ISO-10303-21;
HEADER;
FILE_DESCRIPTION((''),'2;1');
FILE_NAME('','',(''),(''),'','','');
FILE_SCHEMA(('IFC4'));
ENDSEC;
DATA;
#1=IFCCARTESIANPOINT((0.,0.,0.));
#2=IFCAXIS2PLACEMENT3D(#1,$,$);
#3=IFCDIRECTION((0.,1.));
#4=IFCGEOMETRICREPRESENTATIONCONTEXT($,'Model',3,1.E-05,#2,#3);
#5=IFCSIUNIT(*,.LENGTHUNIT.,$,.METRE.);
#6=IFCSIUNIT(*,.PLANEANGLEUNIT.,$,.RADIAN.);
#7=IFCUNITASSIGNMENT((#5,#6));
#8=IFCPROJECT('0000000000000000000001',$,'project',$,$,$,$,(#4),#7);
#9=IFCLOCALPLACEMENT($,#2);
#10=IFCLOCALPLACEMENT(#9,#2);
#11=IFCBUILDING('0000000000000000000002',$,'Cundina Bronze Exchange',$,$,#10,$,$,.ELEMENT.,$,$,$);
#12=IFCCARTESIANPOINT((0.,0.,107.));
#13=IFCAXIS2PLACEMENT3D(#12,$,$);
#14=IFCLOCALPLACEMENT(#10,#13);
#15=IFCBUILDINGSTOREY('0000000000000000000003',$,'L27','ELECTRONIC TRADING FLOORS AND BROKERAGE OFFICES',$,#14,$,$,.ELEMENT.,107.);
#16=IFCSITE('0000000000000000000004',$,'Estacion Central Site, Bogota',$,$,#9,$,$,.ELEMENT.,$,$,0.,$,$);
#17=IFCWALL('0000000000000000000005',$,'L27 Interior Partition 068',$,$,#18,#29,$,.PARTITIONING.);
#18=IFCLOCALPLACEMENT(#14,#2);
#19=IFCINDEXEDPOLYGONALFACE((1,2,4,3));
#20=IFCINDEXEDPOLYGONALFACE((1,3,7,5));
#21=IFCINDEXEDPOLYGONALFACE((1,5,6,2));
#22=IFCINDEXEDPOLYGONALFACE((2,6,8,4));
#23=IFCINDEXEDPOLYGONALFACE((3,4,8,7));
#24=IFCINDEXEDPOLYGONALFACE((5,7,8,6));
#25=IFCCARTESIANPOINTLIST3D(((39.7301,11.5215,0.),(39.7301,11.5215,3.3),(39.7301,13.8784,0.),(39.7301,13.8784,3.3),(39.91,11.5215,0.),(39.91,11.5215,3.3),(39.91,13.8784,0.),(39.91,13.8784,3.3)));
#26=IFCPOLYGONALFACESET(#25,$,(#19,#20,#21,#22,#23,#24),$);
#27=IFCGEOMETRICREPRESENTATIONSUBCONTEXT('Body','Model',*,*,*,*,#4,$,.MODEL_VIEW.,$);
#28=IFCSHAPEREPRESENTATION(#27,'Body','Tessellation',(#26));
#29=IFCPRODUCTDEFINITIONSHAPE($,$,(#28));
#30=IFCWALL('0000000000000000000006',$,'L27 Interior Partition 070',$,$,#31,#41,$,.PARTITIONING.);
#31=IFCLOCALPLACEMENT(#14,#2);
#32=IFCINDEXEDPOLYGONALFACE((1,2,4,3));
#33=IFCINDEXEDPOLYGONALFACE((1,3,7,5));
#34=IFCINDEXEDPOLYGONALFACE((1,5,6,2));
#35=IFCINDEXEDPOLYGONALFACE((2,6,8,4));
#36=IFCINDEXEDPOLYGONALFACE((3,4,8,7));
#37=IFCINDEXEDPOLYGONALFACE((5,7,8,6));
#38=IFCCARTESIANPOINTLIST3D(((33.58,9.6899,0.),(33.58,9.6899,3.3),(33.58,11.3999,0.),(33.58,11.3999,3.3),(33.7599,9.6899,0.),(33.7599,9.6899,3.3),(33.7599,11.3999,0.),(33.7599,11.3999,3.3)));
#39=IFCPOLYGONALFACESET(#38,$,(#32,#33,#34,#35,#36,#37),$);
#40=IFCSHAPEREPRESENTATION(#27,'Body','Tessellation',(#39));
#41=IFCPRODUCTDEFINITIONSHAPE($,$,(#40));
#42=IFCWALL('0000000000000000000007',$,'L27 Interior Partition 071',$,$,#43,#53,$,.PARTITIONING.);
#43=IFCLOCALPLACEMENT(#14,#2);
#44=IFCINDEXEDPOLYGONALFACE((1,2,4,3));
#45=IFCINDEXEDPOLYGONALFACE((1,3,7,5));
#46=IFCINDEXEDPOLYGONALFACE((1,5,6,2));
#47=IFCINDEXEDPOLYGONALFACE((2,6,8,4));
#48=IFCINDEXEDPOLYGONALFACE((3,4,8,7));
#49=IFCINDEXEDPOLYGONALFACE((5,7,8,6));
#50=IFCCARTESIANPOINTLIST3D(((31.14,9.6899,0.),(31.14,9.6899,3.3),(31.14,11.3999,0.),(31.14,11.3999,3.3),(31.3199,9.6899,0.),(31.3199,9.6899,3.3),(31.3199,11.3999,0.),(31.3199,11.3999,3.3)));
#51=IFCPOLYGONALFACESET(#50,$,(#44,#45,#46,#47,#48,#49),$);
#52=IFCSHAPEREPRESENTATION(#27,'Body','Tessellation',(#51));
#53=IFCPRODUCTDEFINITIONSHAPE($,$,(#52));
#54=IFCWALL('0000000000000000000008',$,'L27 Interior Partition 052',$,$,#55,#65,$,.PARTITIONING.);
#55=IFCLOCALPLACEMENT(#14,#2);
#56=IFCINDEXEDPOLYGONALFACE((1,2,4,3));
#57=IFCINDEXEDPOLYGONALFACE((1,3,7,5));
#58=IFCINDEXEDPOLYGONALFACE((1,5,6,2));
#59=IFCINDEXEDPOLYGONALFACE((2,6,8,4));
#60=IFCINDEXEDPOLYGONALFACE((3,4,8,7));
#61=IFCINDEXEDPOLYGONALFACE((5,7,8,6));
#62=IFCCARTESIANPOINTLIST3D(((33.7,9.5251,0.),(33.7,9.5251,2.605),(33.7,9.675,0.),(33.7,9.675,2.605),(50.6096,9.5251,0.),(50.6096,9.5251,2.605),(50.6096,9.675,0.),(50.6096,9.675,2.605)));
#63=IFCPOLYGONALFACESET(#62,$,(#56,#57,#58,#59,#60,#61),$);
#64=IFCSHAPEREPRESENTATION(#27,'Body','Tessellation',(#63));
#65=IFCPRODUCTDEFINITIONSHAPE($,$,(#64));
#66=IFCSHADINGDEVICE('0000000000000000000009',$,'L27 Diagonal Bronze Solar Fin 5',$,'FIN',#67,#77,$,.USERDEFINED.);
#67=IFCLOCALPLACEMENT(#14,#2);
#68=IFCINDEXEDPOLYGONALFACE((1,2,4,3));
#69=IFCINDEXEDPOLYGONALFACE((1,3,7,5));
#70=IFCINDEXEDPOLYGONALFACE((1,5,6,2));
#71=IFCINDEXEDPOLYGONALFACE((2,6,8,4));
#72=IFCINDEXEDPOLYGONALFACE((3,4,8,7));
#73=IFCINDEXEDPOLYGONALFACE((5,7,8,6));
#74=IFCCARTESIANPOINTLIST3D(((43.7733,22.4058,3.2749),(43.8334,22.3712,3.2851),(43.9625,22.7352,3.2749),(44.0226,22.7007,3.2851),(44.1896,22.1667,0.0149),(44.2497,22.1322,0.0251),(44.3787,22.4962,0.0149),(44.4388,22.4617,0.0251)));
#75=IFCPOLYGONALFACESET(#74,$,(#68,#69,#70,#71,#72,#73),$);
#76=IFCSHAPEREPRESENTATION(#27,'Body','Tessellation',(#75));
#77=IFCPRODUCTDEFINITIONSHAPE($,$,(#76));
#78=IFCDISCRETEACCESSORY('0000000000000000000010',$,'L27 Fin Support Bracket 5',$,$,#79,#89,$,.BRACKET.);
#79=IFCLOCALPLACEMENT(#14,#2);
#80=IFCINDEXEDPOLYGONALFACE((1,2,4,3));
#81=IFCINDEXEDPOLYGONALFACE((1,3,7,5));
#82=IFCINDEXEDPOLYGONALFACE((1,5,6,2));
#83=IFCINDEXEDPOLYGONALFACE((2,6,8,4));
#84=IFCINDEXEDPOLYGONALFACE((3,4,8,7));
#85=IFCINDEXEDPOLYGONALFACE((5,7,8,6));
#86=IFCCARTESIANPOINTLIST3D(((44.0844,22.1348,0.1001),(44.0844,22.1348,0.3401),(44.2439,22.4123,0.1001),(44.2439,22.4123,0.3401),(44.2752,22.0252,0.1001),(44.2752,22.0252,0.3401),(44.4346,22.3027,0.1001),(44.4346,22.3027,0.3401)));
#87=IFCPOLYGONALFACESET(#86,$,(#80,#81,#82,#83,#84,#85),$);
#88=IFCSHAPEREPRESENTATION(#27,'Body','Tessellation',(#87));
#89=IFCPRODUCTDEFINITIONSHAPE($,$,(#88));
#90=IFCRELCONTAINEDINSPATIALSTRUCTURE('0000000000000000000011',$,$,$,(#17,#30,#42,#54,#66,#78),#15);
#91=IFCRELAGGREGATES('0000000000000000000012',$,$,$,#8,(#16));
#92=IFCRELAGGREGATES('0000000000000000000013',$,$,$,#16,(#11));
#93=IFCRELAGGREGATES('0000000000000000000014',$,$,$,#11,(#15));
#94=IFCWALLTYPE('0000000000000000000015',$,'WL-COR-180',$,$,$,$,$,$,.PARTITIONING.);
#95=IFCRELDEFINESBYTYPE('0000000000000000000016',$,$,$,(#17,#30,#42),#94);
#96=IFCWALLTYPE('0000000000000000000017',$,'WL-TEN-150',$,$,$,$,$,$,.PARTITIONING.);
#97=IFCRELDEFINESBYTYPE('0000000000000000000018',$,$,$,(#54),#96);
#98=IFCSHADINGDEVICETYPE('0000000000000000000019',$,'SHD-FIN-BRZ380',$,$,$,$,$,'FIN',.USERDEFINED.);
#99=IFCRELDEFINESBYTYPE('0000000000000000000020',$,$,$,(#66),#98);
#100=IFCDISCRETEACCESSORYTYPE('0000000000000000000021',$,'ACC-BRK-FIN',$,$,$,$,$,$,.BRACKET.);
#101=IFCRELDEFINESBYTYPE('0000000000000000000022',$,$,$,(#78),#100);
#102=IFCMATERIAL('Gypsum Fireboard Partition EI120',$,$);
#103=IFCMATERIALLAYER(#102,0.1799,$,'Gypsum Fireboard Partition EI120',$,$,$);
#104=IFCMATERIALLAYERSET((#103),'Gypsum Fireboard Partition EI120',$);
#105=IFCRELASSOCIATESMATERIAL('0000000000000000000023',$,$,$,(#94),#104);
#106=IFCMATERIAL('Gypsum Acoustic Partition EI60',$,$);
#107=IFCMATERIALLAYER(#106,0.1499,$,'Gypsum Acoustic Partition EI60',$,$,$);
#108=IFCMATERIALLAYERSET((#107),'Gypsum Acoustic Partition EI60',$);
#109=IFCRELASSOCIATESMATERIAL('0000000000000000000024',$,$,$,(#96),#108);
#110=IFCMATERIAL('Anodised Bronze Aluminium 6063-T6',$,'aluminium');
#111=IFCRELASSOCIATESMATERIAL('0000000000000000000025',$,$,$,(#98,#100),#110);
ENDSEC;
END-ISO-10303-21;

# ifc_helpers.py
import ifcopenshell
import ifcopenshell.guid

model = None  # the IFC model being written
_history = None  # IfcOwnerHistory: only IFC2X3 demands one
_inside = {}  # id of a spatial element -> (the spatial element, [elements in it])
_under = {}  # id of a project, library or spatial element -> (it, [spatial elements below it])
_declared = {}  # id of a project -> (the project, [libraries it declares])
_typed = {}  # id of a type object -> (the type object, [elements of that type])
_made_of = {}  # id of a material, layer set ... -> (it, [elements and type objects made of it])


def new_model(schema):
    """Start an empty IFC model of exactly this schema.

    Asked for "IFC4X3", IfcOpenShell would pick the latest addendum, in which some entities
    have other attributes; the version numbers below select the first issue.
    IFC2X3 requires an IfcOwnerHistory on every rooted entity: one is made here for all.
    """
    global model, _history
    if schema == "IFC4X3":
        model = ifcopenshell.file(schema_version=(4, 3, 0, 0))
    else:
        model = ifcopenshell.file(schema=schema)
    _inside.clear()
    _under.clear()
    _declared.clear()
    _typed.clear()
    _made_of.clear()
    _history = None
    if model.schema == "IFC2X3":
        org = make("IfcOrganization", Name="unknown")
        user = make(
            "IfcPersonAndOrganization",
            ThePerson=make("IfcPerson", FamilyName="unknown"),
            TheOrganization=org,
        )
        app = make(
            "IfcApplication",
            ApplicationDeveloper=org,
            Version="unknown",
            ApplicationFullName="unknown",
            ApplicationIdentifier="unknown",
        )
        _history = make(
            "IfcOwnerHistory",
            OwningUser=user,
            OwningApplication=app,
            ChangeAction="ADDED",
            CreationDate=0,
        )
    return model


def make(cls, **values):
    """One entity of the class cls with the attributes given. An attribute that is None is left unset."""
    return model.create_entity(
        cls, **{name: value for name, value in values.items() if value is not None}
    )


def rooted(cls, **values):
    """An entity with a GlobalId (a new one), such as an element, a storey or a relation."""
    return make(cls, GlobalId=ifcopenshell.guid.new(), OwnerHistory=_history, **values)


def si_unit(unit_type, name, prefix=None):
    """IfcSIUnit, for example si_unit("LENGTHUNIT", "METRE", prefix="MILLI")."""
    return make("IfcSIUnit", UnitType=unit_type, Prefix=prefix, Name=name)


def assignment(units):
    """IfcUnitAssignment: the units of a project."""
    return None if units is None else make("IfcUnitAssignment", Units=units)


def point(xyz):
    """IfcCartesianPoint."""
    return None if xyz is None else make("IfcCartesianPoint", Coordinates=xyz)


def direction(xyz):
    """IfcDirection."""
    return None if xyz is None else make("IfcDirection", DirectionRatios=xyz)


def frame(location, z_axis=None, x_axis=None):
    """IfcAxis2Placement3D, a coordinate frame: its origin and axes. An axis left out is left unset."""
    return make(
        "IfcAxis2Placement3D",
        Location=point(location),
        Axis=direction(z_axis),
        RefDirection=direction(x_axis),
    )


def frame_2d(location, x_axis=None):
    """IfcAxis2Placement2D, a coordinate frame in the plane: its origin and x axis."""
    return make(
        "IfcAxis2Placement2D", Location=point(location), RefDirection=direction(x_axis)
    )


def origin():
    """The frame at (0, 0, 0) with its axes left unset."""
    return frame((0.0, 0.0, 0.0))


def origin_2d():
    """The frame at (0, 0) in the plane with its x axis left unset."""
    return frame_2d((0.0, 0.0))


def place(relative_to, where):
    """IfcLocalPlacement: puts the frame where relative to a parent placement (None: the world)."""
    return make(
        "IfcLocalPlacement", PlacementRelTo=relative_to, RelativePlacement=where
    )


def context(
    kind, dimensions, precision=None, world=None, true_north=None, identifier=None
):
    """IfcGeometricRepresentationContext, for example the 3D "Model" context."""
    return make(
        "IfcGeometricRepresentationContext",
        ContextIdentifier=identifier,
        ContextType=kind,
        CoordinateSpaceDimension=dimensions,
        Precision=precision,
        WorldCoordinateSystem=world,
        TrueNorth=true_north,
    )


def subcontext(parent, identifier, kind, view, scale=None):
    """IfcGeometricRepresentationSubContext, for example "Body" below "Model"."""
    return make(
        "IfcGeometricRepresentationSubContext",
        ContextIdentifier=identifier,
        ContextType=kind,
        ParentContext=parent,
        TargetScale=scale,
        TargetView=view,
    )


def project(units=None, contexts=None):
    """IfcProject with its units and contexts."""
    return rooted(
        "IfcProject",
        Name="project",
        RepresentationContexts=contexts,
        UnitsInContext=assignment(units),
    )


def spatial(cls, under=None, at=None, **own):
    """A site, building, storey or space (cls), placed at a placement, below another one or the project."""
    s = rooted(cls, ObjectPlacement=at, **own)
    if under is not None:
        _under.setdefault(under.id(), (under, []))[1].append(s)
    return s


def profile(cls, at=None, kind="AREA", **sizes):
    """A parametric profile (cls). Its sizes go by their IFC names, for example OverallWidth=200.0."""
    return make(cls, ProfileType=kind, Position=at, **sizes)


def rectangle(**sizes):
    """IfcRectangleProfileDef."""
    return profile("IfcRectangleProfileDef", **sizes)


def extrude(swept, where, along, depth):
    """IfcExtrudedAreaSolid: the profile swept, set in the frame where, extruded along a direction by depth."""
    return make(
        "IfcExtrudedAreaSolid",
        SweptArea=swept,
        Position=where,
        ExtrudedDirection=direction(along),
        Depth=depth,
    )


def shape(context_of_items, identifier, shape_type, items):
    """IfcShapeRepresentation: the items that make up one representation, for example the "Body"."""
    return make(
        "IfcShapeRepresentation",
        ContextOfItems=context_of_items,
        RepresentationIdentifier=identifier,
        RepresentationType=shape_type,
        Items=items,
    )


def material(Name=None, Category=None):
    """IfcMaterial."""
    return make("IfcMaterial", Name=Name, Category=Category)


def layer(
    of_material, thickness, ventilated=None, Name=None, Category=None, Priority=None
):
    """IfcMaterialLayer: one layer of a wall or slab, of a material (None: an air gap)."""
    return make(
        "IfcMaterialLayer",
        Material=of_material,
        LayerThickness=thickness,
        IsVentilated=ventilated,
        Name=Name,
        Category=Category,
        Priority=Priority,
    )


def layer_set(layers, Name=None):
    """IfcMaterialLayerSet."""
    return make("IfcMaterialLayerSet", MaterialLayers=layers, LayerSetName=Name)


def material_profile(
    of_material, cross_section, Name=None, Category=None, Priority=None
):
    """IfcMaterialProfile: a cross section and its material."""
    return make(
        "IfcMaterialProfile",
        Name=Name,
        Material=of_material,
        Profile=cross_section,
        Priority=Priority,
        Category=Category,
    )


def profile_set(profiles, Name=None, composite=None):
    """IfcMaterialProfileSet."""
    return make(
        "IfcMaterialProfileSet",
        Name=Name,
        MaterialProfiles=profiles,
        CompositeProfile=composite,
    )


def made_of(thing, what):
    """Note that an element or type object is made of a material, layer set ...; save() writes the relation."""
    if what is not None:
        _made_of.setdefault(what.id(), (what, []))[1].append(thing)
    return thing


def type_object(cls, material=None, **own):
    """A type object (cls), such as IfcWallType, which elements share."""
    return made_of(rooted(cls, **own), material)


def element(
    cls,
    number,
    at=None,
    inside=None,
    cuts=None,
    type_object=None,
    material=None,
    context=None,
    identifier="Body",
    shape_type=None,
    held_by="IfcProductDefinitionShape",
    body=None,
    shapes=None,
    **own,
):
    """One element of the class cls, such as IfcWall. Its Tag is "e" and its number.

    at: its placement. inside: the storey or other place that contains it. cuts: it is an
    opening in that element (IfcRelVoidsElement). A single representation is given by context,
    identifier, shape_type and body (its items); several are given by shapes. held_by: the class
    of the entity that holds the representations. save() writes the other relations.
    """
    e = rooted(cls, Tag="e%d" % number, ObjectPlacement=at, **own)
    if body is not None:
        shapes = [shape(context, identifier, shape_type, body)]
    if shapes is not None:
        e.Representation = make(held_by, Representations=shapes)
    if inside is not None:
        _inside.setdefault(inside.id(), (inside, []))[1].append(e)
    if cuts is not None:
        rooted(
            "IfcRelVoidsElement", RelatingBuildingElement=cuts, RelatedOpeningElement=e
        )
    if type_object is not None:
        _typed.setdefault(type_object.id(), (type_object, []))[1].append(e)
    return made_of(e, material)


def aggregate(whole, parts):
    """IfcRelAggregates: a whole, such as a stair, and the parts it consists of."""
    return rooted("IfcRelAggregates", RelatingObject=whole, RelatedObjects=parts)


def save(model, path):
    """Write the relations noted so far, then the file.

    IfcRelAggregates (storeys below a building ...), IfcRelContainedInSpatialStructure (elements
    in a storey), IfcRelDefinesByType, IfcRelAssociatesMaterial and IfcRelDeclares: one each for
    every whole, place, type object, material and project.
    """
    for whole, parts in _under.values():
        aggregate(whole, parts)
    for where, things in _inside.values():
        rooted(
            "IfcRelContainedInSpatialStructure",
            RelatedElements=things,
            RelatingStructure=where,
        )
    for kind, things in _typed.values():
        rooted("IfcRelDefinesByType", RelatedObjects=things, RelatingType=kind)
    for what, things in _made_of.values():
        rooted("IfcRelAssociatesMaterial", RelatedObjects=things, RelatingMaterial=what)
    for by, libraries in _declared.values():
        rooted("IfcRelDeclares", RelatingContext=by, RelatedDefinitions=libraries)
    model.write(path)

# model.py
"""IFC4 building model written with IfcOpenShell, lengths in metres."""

from ifc_helpers import new_model, si_unit, direction, frame, frame_2d, origin, origin_2d, place, context, subcontext, project, spatial, rectangle, extrude, material, layer, layer_set, material_profile, profile_set, type_object, element, save


model = new_model("IFC4")

# Units and contexts
model_context = context("Model", 3, precision=1e-05, world=origin(), true_north=direction((0.0, 1.0)))
body_context = subcontext(model_context, "Body", "Model", "MODEL_VIEW")
ifc_project = project(units=[si_unit("LENGTHUNIT", "METRE"), si_unit("PLANEANGLEUNIT", "RADIAN")], contexts=[model_context])

# Site, building, storey
site_placement = place(None, origin())
site = spatial("IfcSite", under=ifc_project, at=site_placement, Name="Estacion Central Site, Bogota", CompositionType="ELEMENT", RefElevation=0.0)
building_placement = place(site_placement, origin())
building = spatial("IfcBuilding", under=site, at=building_placement, Name="Cundina Bronze Exchange", CompositionType="ELEMENT")
storey_placement = place(building_placement, frame((0.0, 0.0, 107.0)))
storey = spatial("IfcBuildingStorey", under=building, at=storey_placement, Name="L27", Description="ELECTRONIC TRADING FLOORS AND BROKERAGE OFFICES", CompositionType="ELEMENT", Elevation=107.0)

# Shared definitions
ifc_material_1 = material(Name="Anodised Bronze Aluminium 6063-T6", Category="aluminium")

# Shared definitions
ifc_material_2 = material(Name="Gypsum Fireboard Partition EI120")
ifc_layer_1 = layer(ifc_material_2, 0.1799, Name="Gypsum Fireboard Partition EI120")
ifc_layer_set_1 = layer_set([ifc_layer_1], Name="Gypsum Fireboard Partition EI120")
wall_type_1 = type_object("IfcWallType", Name="WL-COR-180", PredefinedType="PARTITIONING", material=ifc_layer_set_1)

# Walls
wall_1_placement = place(storey_placement, frame((39.8201, 11.5215, 0.0), z_axis=(0.0, 0.0, 1.0), x_axis=(0.0, 1.0, 0.0)))
element("IfcWall", 1, at=wall_1_placement, inside=storey, type_object=wall_type_1, Name="L27 Interior Partition 068", PredefinedType="PARTITIONING", context=body_context, shape_type="SweptSolid", body=[
    extrude(rectangle(XDim=2.3569, YDim=0.1799, at=frame_2d((1.1785, 0.0))), origin(), (0.0, 0.0, 1.0), 3.3),
])
for number, where, z_axis, x_axis, name in (
    (2, (33.6699, 9.6899, 0.0), (0.0, 0.0, 1.0), (0.0, 1.0, 0.0), "L27 Interior Partition 070"),
    (3, (31.23, 11.3999, 0.0), (0.0, 0.0, 1.0), (0.0, -1.0, 0.0), "L27 Interior Partition 071"),
):
    element("IfcWall", number, at=place(storey_placement, frame(where, z_axis=z_axis, x_axis=x_axis)), inside=storey, type_object=wall_type_1, Name=name, PredefinedType="PARTITIONING", context=body_context, shape_type="SweptSolid", body=[
        extrude(rectangle(XDim=1.71, YDim=0.1799, at=frame_2d((0.855, 0.0))), origin(), (0.0, 0.0, 1.0), 3.3),
    ])
ifc_material_3 = material(Name="Gypsum Acoustic Partition EI60")
ifc_layer_2 = layer(ifc_material_3, 0.1499, Name="Gypsum Acoustic Partition EI60")
ifc_layer_set_2 = layer_set([ifc_layer_2], Name="Gypsum Acoustic Partition EI60")
wall_type_2 = type_object("IfcWallType", Name="WL-TEN-150", PredefinedType="PARTITIONING", material=ifc_layer_set_2)
wall_2_placement = place(storey_placement, frame((33.7, 9.6001, 0.0), z_axis=(0.0, 0.0, 1.0), x_axis=(1.0, 0.0, 0.0)))
element("IfcWall", 4, at=wall_2_placement, inside=storey, type_object=wall_type_2, Name="L27 Interior Partition 052", PredefinedType="PARTITIONING", context=body_context, shape_type="SweptSolid", body=[
    extrude(rectangle(XDim=16.9097, YDim=0.1499, at=frame_2d((8.4548, 0.0))), origin(), (0.0, 0.0, 1.0), 2.605),
])

# Shading device
ifc_material_profile_1 = material_profile(ifc_material_1, rectangle(XDim=0.0701, YDim=0.3799, at=origin_2d()), Name="FIN70X380", Category="aluminium")
ifc_profile_set_1 = profile_set([ifc_material_profile_1], Name="Anodised Bronze Aluminium 6063-T6")
shading_device_type = type_object("IfcShadingDeviceType", Name="SHD-FIN-BRZ380", ElementType="FIN", PredefinedType="USERDEFINED", material=ifc_profile_set_1)
shading_device_placement = place(storey_placement, frame((44.3142, 22.3142, 0.02), z_axis=(-0.126325, 0.072535, 0.989333), x_axis=(0.857958, -0.492634, 0.145668)))
element("IfcShadingDevice", 5, at=shading_device_placement, inside=storey, type_object=shading_device_type, Name="L27 Diagonal Bronze Solar Fin 5", ObjectType="FIN", PredefinedType="USERDEFINED", context=body_context, shape_type="SweptSolid", body=[
    extrude(rectangle(XDim=0.0701, YDim=0.3799, at=origin_2d()), origin(), (0.0, 0.0, 1.0), 3.2952),
])

# Discrete accessory
discrete_accessory_type = type_object("IfcDiscreteAccessoryType", Name="ACC-BRK-FIN", PredefinedType="BRACKET", material=ifc_material_1)
discrete_accessory_placement = place(storey_placement, frame((44.2595, 22.2188, 0.1001), z_axis=(0.0, 0.0, 1.0), x_axis=(-0.867105, 0.498125, 0.0)))
element("IfcDiscreteAccessory", 6, at=discrete_accessory_placement, inside=storey, type_object=discrete_accessory_type, Name="L27 Fin Support Bracket 5", PredefinedType="BRACKET", context=body_context, shape_type="SweptSolid", body=[
    extrude(rectangle(XDim=0.22, YDim=0.3201, at=origin_2d()), origin(), (0.0, 0.0, 1.0), 0.24),
])

save(model, "model.ifc")
